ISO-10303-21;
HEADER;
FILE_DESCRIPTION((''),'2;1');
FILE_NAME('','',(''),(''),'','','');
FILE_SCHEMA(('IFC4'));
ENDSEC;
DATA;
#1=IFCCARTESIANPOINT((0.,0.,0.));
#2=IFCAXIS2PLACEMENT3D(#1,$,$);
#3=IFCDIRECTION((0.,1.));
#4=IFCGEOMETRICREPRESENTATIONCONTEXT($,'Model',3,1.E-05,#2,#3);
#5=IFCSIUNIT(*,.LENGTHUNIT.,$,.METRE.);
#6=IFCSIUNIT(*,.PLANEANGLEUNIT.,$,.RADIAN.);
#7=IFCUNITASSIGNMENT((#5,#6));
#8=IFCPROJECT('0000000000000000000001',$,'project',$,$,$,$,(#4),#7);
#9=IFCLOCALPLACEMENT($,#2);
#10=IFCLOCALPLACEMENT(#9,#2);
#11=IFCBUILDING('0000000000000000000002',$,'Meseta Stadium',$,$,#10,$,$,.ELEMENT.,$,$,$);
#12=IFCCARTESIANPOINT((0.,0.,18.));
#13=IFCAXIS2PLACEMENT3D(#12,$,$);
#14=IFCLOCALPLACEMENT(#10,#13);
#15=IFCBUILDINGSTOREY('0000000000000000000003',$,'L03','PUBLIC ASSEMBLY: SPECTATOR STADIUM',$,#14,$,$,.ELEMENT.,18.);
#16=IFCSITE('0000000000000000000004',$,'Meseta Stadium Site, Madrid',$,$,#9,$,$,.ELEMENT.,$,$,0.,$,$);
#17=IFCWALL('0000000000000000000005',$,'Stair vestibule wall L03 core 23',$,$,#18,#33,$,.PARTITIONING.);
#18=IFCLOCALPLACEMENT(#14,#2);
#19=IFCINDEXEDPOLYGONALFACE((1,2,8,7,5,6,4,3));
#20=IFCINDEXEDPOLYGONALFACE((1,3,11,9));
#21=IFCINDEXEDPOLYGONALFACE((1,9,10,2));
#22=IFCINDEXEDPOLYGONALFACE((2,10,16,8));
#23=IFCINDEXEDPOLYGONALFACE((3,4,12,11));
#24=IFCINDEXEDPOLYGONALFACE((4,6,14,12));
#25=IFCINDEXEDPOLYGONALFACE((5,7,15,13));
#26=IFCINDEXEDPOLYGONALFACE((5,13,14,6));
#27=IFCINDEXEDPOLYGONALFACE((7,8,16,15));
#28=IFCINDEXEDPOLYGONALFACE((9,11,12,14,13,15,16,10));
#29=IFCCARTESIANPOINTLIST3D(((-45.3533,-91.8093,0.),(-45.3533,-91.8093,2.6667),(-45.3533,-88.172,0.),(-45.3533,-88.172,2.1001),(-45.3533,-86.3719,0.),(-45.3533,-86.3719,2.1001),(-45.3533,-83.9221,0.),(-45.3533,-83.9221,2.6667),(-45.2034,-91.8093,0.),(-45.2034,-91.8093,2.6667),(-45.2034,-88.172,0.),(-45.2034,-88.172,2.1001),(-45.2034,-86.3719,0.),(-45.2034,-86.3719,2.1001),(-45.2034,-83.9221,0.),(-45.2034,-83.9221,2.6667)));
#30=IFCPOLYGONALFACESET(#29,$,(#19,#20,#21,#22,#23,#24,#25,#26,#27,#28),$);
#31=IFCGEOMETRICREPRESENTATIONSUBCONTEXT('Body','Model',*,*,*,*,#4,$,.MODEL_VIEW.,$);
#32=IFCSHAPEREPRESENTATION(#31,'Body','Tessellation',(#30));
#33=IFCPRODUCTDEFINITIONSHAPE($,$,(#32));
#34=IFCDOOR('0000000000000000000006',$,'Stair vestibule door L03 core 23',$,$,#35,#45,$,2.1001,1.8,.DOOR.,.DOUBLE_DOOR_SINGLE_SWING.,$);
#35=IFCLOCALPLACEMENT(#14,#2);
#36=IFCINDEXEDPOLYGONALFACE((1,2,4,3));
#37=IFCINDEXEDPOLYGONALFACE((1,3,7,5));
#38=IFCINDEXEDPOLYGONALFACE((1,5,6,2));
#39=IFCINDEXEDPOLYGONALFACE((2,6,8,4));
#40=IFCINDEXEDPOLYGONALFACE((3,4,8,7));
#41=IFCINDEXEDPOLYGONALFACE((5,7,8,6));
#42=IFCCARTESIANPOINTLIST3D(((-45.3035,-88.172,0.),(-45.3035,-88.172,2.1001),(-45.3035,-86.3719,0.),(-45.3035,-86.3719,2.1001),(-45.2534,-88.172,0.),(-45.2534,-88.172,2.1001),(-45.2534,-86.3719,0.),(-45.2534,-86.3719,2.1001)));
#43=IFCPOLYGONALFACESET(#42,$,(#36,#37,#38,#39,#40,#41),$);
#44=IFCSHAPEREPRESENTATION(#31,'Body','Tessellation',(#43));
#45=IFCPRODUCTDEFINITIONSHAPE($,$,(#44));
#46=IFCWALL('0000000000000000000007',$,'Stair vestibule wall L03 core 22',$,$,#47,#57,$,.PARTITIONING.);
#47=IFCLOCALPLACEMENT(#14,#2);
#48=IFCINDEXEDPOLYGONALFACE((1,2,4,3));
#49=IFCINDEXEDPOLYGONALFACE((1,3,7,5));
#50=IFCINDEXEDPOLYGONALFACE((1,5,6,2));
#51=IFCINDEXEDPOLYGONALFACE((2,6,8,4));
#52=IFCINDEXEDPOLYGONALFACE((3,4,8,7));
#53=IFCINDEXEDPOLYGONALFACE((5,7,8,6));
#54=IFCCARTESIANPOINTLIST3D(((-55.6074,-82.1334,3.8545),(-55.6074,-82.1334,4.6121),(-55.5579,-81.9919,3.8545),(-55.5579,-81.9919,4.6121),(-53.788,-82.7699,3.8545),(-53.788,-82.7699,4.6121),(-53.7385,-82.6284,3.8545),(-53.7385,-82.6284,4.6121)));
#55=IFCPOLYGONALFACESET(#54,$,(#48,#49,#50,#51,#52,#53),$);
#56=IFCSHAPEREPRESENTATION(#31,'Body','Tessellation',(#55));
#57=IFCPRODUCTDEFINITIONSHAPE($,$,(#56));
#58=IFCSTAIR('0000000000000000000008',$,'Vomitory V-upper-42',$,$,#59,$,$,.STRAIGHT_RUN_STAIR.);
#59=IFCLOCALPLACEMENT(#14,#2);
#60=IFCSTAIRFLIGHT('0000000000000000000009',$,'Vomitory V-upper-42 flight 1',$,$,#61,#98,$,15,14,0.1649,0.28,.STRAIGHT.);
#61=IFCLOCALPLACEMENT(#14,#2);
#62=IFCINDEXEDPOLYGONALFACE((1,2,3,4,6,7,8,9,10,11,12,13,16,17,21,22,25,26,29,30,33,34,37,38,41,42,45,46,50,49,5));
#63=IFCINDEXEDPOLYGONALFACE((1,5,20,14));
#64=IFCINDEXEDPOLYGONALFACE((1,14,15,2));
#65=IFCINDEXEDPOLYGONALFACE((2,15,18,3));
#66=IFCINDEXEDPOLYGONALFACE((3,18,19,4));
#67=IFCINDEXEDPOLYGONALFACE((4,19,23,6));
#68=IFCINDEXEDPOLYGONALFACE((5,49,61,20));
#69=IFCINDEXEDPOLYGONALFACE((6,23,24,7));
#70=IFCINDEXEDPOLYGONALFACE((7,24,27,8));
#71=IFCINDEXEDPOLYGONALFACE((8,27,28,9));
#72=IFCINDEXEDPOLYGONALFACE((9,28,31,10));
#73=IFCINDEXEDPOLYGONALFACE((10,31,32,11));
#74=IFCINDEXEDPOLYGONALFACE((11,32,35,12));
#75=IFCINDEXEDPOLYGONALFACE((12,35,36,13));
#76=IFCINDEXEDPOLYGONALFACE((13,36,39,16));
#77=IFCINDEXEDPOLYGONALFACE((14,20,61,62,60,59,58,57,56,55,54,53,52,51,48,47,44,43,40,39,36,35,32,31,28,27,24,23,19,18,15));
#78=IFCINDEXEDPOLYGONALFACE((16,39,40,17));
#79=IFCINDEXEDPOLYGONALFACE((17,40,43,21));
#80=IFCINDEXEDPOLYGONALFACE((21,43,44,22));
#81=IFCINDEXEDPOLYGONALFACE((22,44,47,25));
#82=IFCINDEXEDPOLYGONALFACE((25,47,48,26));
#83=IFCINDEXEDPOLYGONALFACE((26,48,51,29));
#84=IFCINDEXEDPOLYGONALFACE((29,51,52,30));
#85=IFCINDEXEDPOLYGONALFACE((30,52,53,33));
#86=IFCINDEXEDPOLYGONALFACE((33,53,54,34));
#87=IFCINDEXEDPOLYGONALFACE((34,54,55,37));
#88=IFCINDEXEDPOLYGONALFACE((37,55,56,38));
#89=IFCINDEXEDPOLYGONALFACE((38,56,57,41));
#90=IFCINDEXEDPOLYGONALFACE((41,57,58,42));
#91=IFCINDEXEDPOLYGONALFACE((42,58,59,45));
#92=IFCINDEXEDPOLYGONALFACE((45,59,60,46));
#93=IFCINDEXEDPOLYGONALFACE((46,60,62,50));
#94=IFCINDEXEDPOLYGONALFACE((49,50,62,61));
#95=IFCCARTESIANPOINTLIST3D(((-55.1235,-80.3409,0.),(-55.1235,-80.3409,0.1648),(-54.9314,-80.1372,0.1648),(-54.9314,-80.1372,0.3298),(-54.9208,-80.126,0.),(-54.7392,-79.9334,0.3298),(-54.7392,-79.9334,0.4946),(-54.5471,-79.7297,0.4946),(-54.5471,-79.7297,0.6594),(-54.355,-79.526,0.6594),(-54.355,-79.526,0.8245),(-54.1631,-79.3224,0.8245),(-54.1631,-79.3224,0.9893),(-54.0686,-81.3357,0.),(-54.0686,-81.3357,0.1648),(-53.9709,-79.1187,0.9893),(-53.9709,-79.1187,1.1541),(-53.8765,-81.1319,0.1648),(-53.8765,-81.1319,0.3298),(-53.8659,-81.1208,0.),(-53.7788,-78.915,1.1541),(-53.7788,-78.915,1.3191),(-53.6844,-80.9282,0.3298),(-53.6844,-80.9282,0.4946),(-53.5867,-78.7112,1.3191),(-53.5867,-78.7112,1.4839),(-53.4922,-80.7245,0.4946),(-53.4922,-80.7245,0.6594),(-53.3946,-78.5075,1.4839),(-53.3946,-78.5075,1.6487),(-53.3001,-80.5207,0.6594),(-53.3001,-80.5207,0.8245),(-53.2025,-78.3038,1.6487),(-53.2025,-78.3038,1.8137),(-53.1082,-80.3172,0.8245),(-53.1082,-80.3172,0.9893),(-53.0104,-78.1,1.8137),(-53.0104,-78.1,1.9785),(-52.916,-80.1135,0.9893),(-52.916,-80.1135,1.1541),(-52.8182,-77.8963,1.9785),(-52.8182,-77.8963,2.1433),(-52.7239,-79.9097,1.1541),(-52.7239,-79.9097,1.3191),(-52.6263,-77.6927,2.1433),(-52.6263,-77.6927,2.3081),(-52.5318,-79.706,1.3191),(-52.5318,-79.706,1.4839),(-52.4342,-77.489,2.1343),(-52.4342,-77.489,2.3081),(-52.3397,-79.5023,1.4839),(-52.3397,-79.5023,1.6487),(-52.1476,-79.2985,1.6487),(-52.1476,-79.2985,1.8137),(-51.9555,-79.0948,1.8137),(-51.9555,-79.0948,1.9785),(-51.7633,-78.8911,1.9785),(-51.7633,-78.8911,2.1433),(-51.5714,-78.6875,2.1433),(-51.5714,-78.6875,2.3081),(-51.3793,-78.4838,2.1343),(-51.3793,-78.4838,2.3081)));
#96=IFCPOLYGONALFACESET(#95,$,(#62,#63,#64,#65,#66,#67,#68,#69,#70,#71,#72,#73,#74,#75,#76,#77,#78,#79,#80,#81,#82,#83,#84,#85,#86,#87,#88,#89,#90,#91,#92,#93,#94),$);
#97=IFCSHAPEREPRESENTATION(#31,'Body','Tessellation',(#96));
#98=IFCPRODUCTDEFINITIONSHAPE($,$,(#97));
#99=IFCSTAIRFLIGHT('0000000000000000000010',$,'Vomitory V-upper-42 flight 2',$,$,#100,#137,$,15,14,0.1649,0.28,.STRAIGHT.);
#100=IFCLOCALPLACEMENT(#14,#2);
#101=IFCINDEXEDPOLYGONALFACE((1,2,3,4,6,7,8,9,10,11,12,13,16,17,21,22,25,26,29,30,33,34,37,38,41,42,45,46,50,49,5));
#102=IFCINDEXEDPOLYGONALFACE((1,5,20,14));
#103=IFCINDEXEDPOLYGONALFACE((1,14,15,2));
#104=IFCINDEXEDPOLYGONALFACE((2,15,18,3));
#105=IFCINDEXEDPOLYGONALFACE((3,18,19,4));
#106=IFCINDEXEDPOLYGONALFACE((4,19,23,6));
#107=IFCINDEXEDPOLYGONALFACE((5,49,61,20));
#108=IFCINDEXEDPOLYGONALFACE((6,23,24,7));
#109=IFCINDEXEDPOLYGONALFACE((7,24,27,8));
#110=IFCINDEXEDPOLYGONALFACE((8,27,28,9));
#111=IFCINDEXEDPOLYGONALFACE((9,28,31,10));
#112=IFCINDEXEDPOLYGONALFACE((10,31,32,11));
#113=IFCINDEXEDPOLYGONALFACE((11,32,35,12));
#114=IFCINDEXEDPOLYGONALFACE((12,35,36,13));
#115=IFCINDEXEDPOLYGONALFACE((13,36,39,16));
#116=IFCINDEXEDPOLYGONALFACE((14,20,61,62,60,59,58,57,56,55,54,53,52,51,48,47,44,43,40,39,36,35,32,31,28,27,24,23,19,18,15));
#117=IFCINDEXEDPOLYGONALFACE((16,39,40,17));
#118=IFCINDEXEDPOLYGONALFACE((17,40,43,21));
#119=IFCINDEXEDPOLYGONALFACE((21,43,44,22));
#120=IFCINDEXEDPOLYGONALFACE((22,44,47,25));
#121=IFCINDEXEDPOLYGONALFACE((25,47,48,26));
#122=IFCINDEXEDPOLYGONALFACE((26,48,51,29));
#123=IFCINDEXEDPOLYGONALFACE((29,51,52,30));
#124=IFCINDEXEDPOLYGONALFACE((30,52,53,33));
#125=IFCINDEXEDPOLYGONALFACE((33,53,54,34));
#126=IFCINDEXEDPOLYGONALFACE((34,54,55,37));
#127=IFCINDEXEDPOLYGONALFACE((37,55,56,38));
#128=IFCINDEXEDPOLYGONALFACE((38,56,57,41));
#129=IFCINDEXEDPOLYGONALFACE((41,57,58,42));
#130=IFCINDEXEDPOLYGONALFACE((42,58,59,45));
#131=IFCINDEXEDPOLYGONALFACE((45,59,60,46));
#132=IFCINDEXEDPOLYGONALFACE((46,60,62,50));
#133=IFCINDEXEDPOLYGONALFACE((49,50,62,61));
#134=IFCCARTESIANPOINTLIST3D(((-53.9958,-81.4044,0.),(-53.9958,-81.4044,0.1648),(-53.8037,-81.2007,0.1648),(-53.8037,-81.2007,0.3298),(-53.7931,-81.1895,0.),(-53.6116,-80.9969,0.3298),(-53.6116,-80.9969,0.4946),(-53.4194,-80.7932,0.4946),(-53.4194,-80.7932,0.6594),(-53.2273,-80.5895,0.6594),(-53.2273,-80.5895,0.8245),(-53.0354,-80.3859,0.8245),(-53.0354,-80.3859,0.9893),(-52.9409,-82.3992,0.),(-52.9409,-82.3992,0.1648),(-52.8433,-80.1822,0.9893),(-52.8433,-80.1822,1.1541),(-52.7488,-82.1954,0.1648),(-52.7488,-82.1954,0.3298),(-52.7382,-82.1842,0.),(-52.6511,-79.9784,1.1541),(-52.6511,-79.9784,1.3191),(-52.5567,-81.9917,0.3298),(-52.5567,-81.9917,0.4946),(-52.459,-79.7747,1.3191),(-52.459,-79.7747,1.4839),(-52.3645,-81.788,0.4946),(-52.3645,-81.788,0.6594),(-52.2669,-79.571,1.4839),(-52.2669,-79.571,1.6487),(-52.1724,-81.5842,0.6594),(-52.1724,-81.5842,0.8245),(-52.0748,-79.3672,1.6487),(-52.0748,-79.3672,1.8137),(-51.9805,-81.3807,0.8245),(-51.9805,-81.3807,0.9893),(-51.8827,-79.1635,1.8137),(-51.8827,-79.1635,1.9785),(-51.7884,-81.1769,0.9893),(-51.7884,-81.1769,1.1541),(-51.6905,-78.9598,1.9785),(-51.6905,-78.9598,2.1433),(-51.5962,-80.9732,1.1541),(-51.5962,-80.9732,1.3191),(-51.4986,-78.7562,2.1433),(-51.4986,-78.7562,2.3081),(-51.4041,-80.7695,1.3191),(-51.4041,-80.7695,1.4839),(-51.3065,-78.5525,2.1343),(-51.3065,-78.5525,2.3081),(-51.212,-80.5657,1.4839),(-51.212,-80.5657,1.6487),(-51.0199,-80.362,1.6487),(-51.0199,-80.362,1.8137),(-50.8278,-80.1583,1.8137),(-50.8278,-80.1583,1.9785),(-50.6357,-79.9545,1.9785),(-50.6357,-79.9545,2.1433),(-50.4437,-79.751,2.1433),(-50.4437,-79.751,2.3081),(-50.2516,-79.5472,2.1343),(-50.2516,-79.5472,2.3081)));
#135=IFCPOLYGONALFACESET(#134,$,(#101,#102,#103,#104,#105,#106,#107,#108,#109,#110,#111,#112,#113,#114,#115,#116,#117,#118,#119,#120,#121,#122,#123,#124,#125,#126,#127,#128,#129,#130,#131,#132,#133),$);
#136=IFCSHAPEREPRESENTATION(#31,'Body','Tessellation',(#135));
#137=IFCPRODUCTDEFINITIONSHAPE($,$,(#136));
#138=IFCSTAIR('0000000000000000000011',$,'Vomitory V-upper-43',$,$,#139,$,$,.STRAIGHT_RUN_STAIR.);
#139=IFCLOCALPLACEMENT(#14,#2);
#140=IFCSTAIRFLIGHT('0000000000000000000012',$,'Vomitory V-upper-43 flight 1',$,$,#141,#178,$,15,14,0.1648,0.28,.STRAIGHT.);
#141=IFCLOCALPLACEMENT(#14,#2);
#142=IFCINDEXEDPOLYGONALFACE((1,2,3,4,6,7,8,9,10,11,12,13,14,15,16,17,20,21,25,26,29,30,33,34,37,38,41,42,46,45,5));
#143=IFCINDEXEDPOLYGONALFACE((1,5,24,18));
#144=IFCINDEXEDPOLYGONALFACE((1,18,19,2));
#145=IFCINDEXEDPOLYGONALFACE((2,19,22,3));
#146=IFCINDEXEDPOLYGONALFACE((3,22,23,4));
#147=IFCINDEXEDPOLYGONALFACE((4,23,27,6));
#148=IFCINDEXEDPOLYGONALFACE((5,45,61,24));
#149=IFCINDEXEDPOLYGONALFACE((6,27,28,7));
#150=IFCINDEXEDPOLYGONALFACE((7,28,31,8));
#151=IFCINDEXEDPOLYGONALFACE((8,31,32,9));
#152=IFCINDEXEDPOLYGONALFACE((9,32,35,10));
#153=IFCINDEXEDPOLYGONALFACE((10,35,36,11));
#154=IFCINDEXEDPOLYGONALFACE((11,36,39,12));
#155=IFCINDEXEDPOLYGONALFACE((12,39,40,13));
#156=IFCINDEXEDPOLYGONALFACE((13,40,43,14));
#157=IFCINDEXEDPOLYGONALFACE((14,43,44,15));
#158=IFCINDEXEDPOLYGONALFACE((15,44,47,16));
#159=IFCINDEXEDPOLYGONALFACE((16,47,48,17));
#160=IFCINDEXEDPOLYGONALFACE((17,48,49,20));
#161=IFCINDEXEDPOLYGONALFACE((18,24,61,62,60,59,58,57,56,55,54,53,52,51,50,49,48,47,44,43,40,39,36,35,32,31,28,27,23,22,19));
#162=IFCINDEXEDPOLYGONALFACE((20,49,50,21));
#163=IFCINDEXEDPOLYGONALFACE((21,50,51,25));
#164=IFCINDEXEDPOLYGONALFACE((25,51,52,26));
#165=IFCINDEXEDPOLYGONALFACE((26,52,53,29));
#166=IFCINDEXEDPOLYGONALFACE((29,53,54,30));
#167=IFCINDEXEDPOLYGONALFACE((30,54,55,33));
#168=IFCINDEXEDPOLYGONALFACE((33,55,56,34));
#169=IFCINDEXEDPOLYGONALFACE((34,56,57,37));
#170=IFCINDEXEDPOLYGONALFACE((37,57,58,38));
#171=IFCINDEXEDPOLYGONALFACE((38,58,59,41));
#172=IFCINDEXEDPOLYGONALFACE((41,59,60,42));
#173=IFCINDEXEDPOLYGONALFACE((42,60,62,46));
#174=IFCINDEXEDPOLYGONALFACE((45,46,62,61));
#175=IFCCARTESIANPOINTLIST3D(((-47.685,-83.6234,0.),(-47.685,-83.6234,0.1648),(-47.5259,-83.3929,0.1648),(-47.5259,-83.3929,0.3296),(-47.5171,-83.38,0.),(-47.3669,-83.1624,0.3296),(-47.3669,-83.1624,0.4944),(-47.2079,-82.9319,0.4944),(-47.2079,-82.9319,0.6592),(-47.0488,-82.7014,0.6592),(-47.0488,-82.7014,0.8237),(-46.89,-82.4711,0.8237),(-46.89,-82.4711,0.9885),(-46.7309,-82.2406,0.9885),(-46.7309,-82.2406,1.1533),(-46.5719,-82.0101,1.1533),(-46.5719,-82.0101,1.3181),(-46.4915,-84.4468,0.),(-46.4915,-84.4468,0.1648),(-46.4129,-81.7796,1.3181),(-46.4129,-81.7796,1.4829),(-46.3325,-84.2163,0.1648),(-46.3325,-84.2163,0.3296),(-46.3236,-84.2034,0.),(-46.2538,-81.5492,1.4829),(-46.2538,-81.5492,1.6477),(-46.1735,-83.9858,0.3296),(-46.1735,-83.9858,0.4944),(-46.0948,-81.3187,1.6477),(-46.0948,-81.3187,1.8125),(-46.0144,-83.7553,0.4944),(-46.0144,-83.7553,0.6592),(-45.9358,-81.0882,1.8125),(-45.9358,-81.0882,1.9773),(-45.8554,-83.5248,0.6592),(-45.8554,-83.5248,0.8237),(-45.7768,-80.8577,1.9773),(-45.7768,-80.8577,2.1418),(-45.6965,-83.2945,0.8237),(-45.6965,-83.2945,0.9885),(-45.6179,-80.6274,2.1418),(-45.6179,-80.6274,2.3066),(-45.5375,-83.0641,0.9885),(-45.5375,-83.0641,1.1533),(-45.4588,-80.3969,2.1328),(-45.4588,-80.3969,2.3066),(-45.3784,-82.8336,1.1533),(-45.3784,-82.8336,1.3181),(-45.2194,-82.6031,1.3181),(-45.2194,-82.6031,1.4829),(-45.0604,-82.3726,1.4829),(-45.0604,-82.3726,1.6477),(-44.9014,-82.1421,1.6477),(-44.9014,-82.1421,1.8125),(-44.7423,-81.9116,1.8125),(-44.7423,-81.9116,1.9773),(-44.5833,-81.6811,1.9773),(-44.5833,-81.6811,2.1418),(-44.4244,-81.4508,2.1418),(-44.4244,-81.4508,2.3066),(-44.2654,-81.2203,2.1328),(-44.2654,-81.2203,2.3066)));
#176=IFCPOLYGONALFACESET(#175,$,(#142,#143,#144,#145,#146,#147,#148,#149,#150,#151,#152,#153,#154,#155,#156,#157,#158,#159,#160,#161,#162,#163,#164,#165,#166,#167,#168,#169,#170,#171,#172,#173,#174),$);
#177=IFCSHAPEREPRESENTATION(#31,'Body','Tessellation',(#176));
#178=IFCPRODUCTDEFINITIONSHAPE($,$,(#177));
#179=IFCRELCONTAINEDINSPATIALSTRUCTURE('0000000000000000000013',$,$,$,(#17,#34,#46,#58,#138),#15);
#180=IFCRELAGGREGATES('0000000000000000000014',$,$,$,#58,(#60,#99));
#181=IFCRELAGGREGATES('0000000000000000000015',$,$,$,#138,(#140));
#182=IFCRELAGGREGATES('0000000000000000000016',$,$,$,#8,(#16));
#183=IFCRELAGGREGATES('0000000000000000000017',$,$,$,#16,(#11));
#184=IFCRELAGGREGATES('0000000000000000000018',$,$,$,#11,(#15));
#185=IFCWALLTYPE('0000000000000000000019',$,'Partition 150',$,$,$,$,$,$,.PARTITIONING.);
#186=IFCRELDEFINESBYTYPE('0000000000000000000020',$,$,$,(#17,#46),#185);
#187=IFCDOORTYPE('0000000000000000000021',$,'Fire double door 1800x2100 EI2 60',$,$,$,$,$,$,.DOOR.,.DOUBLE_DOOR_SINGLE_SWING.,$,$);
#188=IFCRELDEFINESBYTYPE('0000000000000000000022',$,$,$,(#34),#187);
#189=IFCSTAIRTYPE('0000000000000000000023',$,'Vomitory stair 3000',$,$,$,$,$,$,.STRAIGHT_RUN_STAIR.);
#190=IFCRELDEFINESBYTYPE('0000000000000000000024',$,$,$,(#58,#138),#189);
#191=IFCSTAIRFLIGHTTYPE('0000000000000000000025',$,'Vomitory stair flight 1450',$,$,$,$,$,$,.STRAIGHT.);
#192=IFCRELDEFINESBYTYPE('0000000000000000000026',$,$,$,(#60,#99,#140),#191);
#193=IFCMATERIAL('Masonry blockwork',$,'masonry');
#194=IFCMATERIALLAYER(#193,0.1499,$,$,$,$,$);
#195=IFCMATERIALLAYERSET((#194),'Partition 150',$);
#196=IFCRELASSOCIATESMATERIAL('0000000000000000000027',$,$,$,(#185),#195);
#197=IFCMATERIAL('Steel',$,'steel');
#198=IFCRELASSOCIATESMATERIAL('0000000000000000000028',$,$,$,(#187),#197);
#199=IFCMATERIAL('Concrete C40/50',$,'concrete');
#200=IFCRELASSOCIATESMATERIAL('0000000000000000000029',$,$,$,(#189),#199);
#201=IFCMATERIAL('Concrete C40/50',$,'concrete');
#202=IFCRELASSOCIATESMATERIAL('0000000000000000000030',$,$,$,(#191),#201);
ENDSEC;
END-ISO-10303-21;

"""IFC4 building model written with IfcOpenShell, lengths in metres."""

from ifc_helpers import new_model, si_unit, direction, frame, frame_2d, origin, place, context, subcontext, project, spatial, polyline, rectangle, outline, extrude, material, layer, layer_set, type_object, element, fill, aggregate, save


model = new_model("IFC4")

# Units and contexts
model_context = context("Model", 3, precision=1e-05, world=origin(), true_north=direction((0.0, 1.0)))
body_context = subcontext(model_context, "Body", "Model", "MODEL_VIEW")
ifc_project = project(units=[si_unit("LENGTHUNIT", "METRE"), si_unit("PLANEANGLEUNIT", "RADIAN")], contexts=[model_context])

# Site, building, storey
site_placement = place(None, origin())
site = spatial("IfcSite", under=ifc_project, at=site_placement, Name="Meseta Stadium Site, Madrid", CompositionType="ELEMENT", RefElevation=0.0)
building_placement = place(site_placement, origin())
building = spatial("IfcBuilding", under=site, at=building_placement, Name="Meseta Stadium", CompositionType="ELEMENT")
storey_placement = place(building_placement, frame((0.0, 0.0, 18.0)))
storey = spatial("IfcBuildingStorey", under=building, at=storey_placement, Name="L03", Description="PUBLIC ASSEMBLY: SPECTATOR STADIUM", CompositionType="ELEMENT", Elevation=18.0)

# Shared definitions
ifc_material_1 = material(Name="Masonry blockwork", Category="masonry")
ifc_layer_1 = layer(ifc_material_1, 0.1499)
ifc_layer_set_1 = layer_set([ifc_layer_1], Name="Partition 150")
wall_type = type_object("IfcWallType", Name="Partition 150", PredefinedType="PARTITIONING", material=ifc_layer_set_1)
ifc_material_2 = material(Name="Steel", Category="steel")
door_type = type_object("IfcDoorType", Name="Fire double door 1800x2100 EI2 60", OperationType="DOUBLE_DOOR_SINGLE_SWING", PredefinedType="DOOR", material=ifc_material_2)

# Wall, opening, door
wall_1_placement = place(storey_placement, frame((-45.2783, -83.9221, 0.0), z_axis=(0.0, 0.0, 1.0), x_axis=(0.0, -1.0, 0.0)))
wall_1 = element("IfcWall", 1, at=wall_1_placement, inside=storey, type_object=wall_type, Name="Stair vestibule wall L03 core 23", PredefinedType="PARTITIONING", context=body_context, shape_type="SweptSolid", body=[
    extrude(rectangle(XDim=7.8872, YDim=0.1499, at=frame_2d((3.9436, 0.0))), origin(), (0.0, 0.0, 1.0), 2.6667),
])
opening_1_placement = place(wall_1_placement, frame((2.45, 0.0, 0.0)))
opening_1 = element("IfcOpeningElement", 2, at=opening_1_placement, cuts=wall_1, PredefinedType="OPENING", context=body_context, shape_type="SweptSolid", body=[
    extrude(rectangle(XDim=1.8, YDim=2.1001, at=frame_2d((0.8999, 1.05))), frame((0.0, 0.085, 0.0), z_axis=(0.0, -1.0, 0.0), x_axis=(1.0, 0.0, 0.0)), (0.0, 0.0, 1.0), 0.1699),
])
door_1_placement = place(opening_1_placement, origin())
door_1 = element("IfcDoor", 3, at=door_1_placement, inside=storey, type_object=door_type, Name="Stair vestibule door L03 core 23", OperationType="DOUBLE_DOOR_SINGLE_SWING", OverallHeight=2.1001, OverallWidth=1.8, PredefinedType="DOOR", context=body_context, shape_type="SweptSolid", body=[
    extrude(rectangle(XDim=1.8, YDim=2.1001, at=frame_2d((0.8999, 1.05))), frame((0.0, 0.0249, 0.0), z_axis=(0.0, -1.0, 0.0), x_axis=(1.0, 0.0, 0.0)), (0.0, 0.0, 1.0), 0.05),
])
fill(opening_1, door_1)

# Wall
wall_2_placement = place(storey_placement, frame((-53.7632, -82.6992, 3.8545), z_axis=(0.0, 0.0, 1.0), x_axis=(-0.943906, 0.330215, 0.0)))
element("IfcWall", 4, at=wall_2_placement, inside=storey, type_object=wall_type, Name="Stair vestibule wall L03 core 22", PredefinedType="PARTITIONING", context=body_context, shape_type="SweptSolid", body=[
    extrude(rectangle(XDim=1.9275, YDim=0.1499, at=frame_2d((0.9639, 0.0))), origin(), (0.0, 0.0, 1.0), 0.7576),
])

# Stair, stair flights
ifc_material_3 = material(Name="Concrete C40/50", Category="concrete")
stair_type = type_object("IfcStairType", Name="Vomitory stair 3000", PredefinedType="STRAIGHT_RUN_STAIR", material=ifc_material_3)
stair_1_placement = place(storey_placement, origin())
stair_1 = element("IfcStair", 5, at=stair_1_placement, inside=storey, type_object=stair_type, Name="Vomitory V-upper-42", PredefinedType="STRAIGHT_RUN_STAIR")
ifc_material_4 = material(Name="Concrete C40/50", Category="concrete")
stair_flight_type = type_object("IfcStairFlightType", Name="Vomitory stair flight 1450", PredefinedType="STRAIGHT", material=ifc_material_4)
stair_flight_1_placement = place(storey_placement, frame((-54.5959, -80.8384, 0.0), z_axis=(0.0, 0.0, 1.0), x_axis=(0.686065, 0.727541, 0.0)))
stair_flight_1 = element("IfcStairFlight", 6, at=stair_flight_1_placement, type_object=stair_flight_type, Name="Vomitory V-upper-42 flight 1", NumberOfRisers=15, NumberOfTreads=14, PredefinedType="STRAIGHT", RiserHeight=0.1649, TreadLength=0.28, context=body_context, shape_type="SweptSolid", body=[
    extrude(outline(polyline([(0.0, 0.0), (0.0, 0.1648), (0.28, 0.1648), (0.28, 0.3298), (0.5601, 0.3298), (0.5601, 0.4946), (0.8401, 0.4946), (0.8401, 0.6594), (1.1201, 0.6594), (1.1201, 0.8245), (1.3999, 0.8245), (1.3999, 0.9893), (1.6799, 0.9893), (1.6799, 1.1541), (1.96, 1.1541), (1.96, 1.3191), (2.24, 1.3191), (2.24, 1.4839), (2.52, 1.4839), (2.52, 1.6487), (2.8, 1.6487), (2.8, 1.8137), (3.0801, 1.8137), (3.0801, 1.9785), (3.3601, 1.9785), (3.3601, 2.1433), (3.6399, 2.1433), (3.6399, 2.3081), (3.9199, 2.3081), (3.9199, 2.1343), (0.2954, 0.0), (0.0, 0.0)])), frame((0.0, 0.7251, 0.0), z_axis=(0.0, -1.0, 0.0), x_axis=(1.0, 0.0, 0.0)), (0.0, 0.0, 1.0), 1.45),
])
stair_flight_2_placement = place(storey_placement, frame((-53.4683, -81.9019, 0.0), z_axis=(0.0, 0.0, 1.0), x_axis=(0.686065, 0.727541, 0.0)))
stair_flight_2 = element("IfcStairFlight", 7, at=stair_flight_2_placement, type_object=stair_flight_type, Name="Vomitory V-upper-42 flight 2", NumberOfRisers=15, NumberOfTreads=14, PredefinedType="STRAIGHT", RiserHeight=0.1649, TreadLength=0.28, context=body_context, shape_type="SweptSolid", body=[
    extrude(outline(polyline([(0.0, 0.0), (0.0, 0.1648), (0.28, 0.1648), (0.28, 0.3298), (0.5601, 0.3298), (0.5601, 0.4946), (0.8401, 0.4946), (0.8401, 0.6594), (1.1201, 0.6594), (1.1201, 0.8245), (1.3999, 0.8245), (1.3999, 0.9893), (1.6799, 0.9893), (1.6799, 1.1541), (1.96, 1.1541), (1.96, 1.3191), (2.24, 1.3191), (2.24, 1.4839), (2.52, 1.4839), (2.52, 1.6487), (2.8, 1.6487), (2.8, 1.8137), (3.0801, 1.8137), (3.0801, 1.9785), (3.3601, 1.9785), (3.3601, 2.1433), (3.6399, 2.1433), (3.6399, 2.3081), (3.9199, 2.3081), (3.9199, 2.1343), (0.2954, 0.0), (0.0, 0.0)])), frame((0.0, 0.7251, 0.0), z_axis=(0.0, -1.0, 0.0), x_axis=(1.0, 0.0, 0.0)), (0.0, 0.0, 1.0), 1.45),
])
aggregate(stair_1, [stair_flight_1, stair_flight_2])

# Stair, stair flight
stair_2_placement = place(storey_placement, origin())
stair_2 = element("IfcStair", 8, at=stair_2_placement, inside=storey, type_object=stair_type, Name="Vomitory V-upper-43", PredefinedType="STRAIGHT_RUN_STAIR")
stair_flight_3_placement = place(storey_placement, frame((-47.0881, -84.0352, 0.0), z_axis=(0.0, 0.0, 1.0), x_axis=(0.5679, 0.823098, 0.0)))
stair_flight_3 = element("IfcStairFlight", 9, at=stair_flight_3_placement, type_object=stair_flight_type, Name="Vomitory V-upper-43 flight 1", NumberOfRisers=15, NumberOfTreads=14, PredefinedType="STRAIGHT", RiserHeight=0.1648, TreadLength=0.28, context=body_context, shape_type="SweptSolid", body=[
    extrude(outline(polyline([(0.0, 0.0), (0.0, 0.1648), (0.28, 0.1648), (0.28, 0.3296), (0.5601, 0.3296), (0.5601, 0.4944), (0.8401, 0.4944), (0.8401, 0.6592), (1.1201, 0.6592), (1.1201, 0.8237), (1.3999, 0.8237), (1.3999, 0.9885), (1.6799, 0.9885), (1.6799, 1.1533), (1.96, 1.1533), (1.96, 1.3181), (2.24, 1.3181), (2.24, 1.4829), (2.52, 1.4829), (2.52, 1.6477), (2.8, 1.6477), (2.8, 1.8125), (3.0801, 1.8125), (3.0801, 1.9773), (3.3601, 1.9773), (3.3601, 2.1418), (3.6399, 2.1418), (3.6399, 2.3066), (3.9199, 2.3066), (3.9199, 2.1328), (0.2957, 0.0), (0.0, 0.0)])), frame((0.0, 0.7251, 0.0), z_axis=(0.0, -1.0, 0.0), x_axis=(1.0, 0.0, 0.0)), (0.0, 0.0, 1.0), 1.45),
])
aggregate(stair_2, [stair_flight_3])

save(model, "model.ifc")
